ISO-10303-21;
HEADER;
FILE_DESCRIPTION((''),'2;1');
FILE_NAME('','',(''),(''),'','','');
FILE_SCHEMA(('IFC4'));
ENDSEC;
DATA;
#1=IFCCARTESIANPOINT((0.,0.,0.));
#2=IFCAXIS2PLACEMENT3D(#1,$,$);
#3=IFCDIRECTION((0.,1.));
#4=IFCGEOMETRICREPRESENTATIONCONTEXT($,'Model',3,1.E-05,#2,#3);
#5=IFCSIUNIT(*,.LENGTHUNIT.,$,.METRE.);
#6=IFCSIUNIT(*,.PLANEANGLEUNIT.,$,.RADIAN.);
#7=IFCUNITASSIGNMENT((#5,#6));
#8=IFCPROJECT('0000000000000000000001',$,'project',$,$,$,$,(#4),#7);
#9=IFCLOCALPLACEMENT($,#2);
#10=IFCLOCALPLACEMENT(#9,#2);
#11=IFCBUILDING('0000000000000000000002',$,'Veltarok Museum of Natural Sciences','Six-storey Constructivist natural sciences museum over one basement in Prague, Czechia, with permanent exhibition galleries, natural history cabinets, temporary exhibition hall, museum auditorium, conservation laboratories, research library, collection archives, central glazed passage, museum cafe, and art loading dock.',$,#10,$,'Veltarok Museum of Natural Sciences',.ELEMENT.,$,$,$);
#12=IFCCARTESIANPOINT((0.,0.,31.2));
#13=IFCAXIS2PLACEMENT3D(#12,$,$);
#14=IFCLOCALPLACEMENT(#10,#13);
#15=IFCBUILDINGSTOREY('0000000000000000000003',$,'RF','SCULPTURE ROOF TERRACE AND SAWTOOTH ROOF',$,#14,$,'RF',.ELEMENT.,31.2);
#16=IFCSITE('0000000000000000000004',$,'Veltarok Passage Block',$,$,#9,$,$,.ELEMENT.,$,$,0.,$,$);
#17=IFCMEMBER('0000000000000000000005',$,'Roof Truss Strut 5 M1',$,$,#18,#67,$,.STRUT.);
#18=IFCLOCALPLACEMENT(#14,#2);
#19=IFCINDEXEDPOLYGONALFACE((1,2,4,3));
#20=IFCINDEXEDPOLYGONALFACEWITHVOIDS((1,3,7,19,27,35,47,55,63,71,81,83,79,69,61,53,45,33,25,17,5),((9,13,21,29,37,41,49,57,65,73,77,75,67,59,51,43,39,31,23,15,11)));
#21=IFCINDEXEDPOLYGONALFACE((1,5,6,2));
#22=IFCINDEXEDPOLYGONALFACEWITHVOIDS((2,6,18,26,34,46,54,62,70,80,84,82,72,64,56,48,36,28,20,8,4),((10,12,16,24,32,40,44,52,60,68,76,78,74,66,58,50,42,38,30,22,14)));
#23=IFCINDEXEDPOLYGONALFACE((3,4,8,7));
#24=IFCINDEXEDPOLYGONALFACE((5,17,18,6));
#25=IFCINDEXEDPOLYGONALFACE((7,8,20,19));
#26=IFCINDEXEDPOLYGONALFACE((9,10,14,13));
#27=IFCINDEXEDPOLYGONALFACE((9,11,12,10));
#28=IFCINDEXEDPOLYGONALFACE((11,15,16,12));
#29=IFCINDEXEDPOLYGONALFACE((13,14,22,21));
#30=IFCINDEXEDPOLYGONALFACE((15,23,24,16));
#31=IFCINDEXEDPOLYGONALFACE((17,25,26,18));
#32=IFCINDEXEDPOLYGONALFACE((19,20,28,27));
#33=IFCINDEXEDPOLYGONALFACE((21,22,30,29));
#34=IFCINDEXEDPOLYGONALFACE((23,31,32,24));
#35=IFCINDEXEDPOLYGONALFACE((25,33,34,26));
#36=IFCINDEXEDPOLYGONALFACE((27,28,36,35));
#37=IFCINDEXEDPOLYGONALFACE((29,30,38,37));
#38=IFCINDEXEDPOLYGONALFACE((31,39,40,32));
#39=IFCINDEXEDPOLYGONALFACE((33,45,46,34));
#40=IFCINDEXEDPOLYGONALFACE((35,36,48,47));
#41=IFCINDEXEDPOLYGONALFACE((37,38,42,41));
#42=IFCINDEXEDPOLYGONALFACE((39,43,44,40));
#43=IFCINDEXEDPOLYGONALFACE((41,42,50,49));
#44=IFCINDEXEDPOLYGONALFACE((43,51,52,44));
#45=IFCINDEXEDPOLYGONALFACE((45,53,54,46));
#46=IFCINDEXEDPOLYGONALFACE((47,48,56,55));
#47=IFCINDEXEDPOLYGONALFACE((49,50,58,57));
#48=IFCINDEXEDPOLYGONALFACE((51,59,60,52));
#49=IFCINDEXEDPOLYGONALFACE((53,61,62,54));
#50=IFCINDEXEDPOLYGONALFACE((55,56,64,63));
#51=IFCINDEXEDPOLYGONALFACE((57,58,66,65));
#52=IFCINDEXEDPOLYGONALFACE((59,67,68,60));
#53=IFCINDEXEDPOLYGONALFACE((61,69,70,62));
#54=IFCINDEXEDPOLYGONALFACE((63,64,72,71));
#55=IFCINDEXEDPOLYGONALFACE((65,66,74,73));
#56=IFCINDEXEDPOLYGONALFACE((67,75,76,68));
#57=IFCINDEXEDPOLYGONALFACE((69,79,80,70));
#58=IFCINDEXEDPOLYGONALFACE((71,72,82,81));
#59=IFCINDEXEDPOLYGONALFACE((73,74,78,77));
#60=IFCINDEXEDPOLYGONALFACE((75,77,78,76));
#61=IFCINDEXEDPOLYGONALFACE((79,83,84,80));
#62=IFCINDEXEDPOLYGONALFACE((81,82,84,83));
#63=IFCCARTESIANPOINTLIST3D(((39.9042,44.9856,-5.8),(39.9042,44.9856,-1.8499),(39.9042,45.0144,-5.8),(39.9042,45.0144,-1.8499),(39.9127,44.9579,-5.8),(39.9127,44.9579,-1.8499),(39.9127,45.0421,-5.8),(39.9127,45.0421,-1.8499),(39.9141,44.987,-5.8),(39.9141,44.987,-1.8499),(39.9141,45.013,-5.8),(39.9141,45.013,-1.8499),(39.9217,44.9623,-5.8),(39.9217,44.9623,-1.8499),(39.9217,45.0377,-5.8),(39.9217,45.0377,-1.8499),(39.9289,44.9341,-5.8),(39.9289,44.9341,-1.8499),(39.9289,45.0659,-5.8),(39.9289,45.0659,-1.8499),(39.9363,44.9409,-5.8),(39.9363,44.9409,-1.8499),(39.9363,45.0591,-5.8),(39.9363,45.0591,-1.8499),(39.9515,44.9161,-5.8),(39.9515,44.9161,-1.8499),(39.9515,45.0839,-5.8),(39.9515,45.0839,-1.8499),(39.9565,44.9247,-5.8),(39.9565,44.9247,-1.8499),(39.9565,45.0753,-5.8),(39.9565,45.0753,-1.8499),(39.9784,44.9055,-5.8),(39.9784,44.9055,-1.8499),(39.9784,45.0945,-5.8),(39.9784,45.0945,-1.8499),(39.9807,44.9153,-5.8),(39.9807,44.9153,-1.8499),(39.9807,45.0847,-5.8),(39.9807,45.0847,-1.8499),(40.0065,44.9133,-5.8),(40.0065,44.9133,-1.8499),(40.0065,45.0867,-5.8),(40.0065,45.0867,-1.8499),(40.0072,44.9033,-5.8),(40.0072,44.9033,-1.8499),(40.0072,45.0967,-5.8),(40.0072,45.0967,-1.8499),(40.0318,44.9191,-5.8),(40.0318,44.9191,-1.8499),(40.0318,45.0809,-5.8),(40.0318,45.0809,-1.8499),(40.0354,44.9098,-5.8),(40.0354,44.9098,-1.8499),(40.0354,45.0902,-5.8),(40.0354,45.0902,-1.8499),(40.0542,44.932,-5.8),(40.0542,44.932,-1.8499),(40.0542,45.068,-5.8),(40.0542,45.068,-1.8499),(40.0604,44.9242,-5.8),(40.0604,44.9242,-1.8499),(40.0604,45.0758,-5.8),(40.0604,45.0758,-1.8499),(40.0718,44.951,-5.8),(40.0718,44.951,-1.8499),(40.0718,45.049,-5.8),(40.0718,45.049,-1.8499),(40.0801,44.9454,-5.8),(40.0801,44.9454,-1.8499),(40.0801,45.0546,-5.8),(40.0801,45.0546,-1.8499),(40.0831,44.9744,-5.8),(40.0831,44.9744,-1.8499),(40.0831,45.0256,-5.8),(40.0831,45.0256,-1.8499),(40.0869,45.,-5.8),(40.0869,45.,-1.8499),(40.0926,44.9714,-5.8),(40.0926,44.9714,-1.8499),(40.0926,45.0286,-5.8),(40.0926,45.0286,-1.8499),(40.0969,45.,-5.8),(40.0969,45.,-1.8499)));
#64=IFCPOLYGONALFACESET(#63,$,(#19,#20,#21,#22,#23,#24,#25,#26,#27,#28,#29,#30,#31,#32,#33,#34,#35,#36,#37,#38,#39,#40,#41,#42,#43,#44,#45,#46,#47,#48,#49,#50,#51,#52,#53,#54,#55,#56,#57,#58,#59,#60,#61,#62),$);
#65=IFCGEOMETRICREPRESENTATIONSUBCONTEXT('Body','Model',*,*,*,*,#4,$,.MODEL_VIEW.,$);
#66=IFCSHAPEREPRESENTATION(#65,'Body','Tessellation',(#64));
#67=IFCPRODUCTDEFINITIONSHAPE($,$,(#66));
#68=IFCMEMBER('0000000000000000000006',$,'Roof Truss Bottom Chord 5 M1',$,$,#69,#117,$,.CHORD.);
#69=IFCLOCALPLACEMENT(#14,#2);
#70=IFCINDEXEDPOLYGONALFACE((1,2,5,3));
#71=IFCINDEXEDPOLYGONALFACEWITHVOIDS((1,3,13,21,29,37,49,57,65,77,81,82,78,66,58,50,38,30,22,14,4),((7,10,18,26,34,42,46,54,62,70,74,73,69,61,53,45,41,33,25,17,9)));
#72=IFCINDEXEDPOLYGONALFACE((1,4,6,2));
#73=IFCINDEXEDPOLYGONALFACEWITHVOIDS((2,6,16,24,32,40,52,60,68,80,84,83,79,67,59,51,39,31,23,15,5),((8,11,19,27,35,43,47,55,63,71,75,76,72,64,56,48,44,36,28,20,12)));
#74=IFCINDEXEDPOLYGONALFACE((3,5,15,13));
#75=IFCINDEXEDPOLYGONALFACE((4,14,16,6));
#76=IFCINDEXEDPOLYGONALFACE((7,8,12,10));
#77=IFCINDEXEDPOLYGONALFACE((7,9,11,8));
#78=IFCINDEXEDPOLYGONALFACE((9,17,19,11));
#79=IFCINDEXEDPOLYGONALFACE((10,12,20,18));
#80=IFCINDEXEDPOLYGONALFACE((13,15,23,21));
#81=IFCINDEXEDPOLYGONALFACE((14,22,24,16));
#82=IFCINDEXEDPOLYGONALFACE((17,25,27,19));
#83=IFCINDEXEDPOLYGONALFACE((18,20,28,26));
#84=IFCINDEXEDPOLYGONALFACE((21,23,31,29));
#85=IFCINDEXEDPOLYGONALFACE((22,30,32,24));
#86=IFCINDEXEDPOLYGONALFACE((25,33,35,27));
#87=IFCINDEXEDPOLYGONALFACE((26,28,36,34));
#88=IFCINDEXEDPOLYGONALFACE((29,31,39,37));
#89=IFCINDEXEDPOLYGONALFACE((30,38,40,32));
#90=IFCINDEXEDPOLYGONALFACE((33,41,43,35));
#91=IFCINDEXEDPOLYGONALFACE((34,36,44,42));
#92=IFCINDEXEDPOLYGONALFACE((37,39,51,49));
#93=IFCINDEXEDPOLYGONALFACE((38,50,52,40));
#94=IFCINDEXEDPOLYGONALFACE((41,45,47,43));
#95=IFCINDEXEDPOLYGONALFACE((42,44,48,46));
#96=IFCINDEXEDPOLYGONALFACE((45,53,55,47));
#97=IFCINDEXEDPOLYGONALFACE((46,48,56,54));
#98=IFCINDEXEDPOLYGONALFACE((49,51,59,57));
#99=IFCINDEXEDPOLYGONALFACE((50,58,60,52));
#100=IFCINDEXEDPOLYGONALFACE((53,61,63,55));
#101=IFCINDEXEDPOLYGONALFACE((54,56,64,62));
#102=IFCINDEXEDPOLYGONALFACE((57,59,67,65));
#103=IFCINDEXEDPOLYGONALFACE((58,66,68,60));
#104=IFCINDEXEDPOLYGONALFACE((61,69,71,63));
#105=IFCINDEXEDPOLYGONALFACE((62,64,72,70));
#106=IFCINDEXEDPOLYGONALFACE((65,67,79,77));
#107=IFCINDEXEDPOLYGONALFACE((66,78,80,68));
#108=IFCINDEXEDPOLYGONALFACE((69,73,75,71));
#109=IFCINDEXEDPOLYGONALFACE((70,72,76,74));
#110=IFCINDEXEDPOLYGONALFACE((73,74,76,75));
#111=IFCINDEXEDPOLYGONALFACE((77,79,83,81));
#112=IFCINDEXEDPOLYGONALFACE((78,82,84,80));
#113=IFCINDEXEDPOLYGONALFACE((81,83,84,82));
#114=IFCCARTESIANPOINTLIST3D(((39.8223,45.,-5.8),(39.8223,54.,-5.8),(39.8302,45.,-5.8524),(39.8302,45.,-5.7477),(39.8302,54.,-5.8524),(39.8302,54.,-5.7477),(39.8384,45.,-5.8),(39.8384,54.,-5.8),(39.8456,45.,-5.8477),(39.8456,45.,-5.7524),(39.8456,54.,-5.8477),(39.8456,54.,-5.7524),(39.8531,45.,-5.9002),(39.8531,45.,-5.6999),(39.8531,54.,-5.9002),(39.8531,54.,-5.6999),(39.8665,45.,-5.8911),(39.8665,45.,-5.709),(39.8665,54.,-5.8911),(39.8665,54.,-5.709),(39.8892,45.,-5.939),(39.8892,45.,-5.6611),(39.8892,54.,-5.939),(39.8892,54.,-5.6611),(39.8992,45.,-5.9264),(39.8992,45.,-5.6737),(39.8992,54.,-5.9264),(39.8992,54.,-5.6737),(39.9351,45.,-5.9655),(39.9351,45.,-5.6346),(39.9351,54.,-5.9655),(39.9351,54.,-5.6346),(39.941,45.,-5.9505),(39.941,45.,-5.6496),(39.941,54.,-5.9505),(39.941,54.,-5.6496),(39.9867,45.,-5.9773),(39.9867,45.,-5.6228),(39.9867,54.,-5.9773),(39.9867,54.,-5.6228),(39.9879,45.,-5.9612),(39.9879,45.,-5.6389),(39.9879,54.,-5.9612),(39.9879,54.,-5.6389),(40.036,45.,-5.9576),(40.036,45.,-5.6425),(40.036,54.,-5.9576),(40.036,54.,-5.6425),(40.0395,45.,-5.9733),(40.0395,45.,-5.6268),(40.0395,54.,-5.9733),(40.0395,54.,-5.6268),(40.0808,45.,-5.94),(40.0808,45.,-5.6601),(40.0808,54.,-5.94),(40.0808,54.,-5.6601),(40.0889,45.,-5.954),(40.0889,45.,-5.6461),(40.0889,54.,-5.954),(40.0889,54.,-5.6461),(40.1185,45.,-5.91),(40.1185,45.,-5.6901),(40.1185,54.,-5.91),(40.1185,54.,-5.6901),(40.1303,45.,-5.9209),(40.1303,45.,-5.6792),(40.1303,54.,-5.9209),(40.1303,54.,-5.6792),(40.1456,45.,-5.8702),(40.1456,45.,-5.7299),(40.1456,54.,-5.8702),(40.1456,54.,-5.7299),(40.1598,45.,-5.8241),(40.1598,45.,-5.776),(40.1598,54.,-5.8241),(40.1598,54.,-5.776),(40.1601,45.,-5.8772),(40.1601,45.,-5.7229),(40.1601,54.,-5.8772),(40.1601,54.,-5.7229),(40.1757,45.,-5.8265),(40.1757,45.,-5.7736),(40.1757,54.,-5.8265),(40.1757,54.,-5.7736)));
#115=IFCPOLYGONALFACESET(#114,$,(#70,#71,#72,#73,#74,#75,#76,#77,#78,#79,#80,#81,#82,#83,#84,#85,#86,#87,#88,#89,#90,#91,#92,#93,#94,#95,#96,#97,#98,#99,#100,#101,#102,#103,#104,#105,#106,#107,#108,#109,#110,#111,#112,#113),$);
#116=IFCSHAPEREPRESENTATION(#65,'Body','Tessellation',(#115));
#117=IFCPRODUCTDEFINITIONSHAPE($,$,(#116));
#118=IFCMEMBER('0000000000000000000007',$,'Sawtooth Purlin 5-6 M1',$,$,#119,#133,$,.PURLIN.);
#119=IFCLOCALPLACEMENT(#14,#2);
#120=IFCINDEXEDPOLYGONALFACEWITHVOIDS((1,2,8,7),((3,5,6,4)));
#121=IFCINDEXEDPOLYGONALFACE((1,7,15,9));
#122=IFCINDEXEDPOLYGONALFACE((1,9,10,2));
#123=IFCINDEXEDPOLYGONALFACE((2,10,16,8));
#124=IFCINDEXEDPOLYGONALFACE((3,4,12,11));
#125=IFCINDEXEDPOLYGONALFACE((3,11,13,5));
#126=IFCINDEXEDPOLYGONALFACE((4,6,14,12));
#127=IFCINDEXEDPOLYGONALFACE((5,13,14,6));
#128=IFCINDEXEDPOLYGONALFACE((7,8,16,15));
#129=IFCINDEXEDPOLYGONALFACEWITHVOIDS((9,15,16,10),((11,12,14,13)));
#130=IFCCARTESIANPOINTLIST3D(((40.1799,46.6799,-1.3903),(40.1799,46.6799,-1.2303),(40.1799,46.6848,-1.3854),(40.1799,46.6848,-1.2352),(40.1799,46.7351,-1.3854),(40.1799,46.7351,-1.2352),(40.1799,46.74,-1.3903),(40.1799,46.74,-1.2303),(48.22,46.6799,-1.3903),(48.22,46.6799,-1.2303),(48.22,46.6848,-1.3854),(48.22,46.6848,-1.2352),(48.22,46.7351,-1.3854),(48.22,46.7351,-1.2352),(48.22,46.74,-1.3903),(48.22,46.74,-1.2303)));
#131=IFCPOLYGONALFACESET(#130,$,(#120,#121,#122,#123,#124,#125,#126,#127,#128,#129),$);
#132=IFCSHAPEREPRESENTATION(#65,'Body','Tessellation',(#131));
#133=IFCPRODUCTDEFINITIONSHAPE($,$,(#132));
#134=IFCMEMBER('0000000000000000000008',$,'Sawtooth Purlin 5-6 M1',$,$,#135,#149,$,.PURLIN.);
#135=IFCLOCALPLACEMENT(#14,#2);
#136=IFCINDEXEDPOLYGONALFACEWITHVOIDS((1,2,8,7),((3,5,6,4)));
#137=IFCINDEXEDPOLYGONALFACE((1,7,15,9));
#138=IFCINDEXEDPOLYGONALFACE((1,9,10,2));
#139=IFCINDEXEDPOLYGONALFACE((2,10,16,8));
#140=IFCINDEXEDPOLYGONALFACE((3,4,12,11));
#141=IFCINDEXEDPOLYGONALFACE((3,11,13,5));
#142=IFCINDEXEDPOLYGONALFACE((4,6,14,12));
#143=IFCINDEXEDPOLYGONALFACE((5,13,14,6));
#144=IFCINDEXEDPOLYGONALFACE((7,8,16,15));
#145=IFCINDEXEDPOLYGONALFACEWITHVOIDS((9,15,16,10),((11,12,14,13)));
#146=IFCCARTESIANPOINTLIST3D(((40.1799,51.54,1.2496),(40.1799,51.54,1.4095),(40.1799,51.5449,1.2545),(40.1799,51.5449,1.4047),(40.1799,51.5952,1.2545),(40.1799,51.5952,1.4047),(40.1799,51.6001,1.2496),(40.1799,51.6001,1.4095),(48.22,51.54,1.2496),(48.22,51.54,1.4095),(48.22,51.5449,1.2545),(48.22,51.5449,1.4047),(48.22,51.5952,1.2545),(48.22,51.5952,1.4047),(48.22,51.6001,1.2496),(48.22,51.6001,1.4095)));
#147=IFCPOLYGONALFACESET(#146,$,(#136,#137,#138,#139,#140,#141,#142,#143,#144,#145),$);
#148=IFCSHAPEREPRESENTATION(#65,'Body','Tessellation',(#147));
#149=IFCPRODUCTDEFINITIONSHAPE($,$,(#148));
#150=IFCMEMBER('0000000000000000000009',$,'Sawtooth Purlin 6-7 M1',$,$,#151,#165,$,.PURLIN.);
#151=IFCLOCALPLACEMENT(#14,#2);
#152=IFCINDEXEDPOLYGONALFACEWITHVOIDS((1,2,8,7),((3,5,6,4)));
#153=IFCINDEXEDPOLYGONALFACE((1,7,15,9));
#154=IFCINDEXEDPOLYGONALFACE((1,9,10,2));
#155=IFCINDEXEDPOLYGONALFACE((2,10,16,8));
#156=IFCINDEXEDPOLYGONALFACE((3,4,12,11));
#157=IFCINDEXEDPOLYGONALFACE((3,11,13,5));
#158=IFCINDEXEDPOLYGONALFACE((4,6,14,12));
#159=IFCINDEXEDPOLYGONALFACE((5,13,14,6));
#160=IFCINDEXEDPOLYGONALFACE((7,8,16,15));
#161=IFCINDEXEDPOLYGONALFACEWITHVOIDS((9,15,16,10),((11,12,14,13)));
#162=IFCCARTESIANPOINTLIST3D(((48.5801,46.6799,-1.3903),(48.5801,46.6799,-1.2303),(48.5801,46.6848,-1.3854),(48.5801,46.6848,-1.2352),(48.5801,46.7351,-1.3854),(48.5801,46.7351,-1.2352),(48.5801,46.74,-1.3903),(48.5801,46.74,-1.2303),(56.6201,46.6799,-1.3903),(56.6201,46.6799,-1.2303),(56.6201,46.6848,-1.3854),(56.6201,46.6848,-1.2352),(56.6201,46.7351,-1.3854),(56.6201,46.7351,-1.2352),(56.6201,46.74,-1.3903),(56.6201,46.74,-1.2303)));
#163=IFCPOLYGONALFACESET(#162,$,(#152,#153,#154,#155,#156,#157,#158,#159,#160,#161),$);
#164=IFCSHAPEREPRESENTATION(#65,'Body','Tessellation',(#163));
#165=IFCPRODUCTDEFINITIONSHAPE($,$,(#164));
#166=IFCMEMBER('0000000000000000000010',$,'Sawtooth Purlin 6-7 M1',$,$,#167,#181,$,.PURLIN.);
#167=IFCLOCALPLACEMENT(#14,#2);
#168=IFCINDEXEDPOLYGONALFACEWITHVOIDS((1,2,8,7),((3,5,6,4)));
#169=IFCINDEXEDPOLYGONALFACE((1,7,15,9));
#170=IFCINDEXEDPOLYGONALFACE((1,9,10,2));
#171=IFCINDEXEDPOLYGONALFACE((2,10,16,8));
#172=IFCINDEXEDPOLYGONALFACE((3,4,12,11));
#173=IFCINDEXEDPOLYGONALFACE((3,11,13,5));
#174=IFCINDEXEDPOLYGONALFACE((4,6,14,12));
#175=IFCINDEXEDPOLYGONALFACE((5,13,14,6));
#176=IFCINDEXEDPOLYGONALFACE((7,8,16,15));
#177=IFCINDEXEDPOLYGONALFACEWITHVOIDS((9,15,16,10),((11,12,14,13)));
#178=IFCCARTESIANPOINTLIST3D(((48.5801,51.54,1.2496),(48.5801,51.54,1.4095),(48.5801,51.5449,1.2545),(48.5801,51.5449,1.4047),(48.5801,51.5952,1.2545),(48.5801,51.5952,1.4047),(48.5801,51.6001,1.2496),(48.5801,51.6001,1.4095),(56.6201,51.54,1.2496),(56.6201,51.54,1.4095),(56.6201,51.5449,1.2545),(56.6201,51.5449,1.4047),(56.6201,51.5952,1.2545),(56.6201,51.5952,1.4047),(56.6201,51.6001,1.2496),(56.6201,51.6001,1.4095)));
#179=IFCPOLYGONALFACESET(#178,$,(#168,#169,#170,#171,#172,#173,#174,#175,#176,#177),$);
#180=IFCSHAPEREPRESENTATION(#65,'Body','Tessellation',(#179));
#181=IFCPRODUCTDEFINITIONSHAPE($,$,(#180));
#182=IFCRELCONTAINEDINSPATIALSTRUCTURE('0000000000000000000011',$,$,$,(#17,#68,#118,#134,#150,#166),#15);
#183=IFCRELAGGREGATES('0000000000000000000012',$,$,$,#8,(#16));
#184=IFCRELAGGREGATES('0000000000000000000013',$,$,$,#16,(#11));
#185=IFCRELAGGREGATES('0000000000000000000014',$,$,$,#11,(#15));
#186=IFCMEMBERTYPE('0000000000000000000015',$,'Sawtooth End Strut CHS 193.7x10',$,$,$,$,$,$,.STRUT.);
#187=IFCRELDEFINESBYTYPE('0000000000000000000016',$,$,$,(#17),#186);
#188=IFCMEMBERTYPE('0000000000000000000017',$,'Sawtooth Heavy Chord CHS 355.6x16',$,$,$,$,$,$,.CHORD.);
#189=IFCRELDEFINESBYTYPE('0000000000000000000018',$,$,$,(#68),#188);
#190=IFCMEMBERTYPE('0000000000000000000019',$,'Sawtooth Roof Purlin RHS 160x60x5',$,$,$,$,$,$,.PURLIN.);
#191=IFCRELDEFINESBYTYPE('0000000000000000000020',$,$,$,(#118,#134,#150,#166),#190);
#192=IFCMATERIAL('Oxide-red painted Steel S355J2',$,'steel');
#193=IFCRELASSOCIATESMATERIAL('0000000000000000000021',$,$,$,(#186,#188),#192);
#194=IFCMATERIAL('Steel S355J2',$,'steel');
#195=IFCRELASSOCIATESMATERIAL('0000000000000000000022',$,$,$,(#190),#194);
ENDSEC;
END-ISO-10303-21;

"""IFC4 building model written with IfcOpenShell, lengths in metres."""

from ifc_helpers import new_model, si_unit, direction, frame, origin, origin_2d, place, context, subcontext, project, spatial, hollow_rectangle, hollow_circle, extrude, material, material_profile, profile_set, type_object, element, save


model = new_model("IFC4")

# Units and contexts
model_context = context("Model", 3, precision=1e-05, world=origin(), true_north=direction((0.0, 1.0)))
body_context = subcontext(model_context, "Body", "Model", "MODEL_VIEW")
ifc_project = project(units=[si_unit("LENGTHUNIT", "METRE"), si_unit("PLANEANGLEUNIT", "RADIAN")], contexts=[model_context])

# Site, building, storey
site_placement = place(None, origin())
site = spatial("IfcSite", under=ifc_project, at=site_placement, Name="Veltarok Passage Block", CompositionType="ELEMENT", RefElevation=0.0)
building_placement = place(site_placement, origin())
building = spatial("IfcBuilding", under=site, at=building_placement, Name="Veltarok Museum of Natural Sciences", Description="Six-storey Constructivist natural sciences museum over one basement in Prague, Czechia, with permanent exhibition galleries, natural history cabinets, temporary exhibition hall, museum auditorium, conservation laboratories, research library, collection archives, central glazed passage, museum cafe, and art loading dock.", LongName="Veltarok Museum of Natural Sciences", CompositionType="ELEMENT")
storey_placement = place(building_placement, frame((0.0, 0.0, 31.2)))
storey = spatial("IfcBuildingStorey", under=building, at=storey_placement, Name="RF", Description="SCULPTURE ROOF TERRACE AND SAWTOOTH ROOF", LongName="RF", CompositionType="ELEMENT", Elevation=31.2)

# Shared definitions
ifc_material_1 = material(Name="Steel S355J2", Category="steel")

# Members
ifc_material_2 = material(Name="Oxide-red painted Steel S355J2", Category="steel")
ifc_material_profile_1 = material_profile(ifc_material_2, hollow_circle(Radius=0.0969, WallThickness=0.01, at=origin_2d()), Name="CHS 193.7x10")
ifc_profile_set_1 = profile_set([ifc_material_profile_1], Name="Oxide-red painted Steel S355J2")
member_type_1 = type_object("IfcMemberType", Name="Sawtooth End Strut CHS 193.7x10", PredefinedType="STRUT", material=ifc_profile_set_1)
member_1_placement = place(storey_placement, frame((40.0, 45.0, -5.8), z_axis=(0.0, 0.0, 1.0), x_axis=(1.0, 0.0, 0.0)))
element("IfcMember", 1, at=member_1_placement, inside=storey, type_object=member_type_1, Name="Roof Truss Strut 5 M1", PredefinedType="STRUT", context=body_context, shape_type="SweptSolid", body=[
    extrude(hollow_circle(Radius=0.0969, WallThickness=0.01, at=origin_2d()), origin(), (0.0, 0.0, 1.0), 3.9502),
])
ifc_material_profile_2 = material_profile(ifc_material_2, hollow_circle(Radius=0.1777, WallThickness=0.0161, at=origin_2d()), Name="CHS 355.6x16")
ifc_profile_set_2 = profile_set([ifc_material_profile_2], Name="Oxide-red painted Steel S355J2")
member_type_2 = type_object("IfcMemberType", Name="Sawtooth Heavy Chord CHS 355.6x16", PredefinedType="CHORD", material=ifc_profile_set_2)
member_2_placement = place(storey_placement, frame((40.0, 45.0, -5.8), z_axis=(0.0, 1.0, 0.0), x_axis=(-1.0, 0.0, 0.0)))
element("IfcMember", 2, at=member_2_placement, inside=storey, type_object=member_type_2, Name="Roof Truss Bottom Chord 5 M1", PredefinedType="CHORD", context=body_context, shape_type="SweptSolid", body=[
    extrude(hollow_circle(Radius=0.1777, WallThickness=0.0161, at=origin_2d()), origin(), (0.0, 0.0, 1.0), 9.0),
])
ifc_material_profile_3 = material_profile(ifc_material_1, hollow_rectangle(XDim=0.0601, YDim=0.1599, WallThickness=0.0049, at=origin_2d()), Name="RHS 160x60x5")
ifc_profile_set_3 = profile_set([ifc_material_profile_3], Name="Steel S355J2")
member_type_3 = type_object("IfcMemberType", Name="Sawtooth Roof Purlin RHS 160x60x5", PredefinedType="PURLIN", material=ifc_profile_set_3)
for number, where, z_axis, x_axis, name in (
    (3, (40.1799, 46.71, -1.3103), (1.0, 0.0, 0.0), (0.0, 1.0, 0.0), "Sawtooth Purlin 5-6 M1"),
    (4, (40.1799, 51.5701, 1.3296), (1.0, 0.0, 0.0), (0.0, 1.0, 0.0), "Sawtooth Purlin 5-6 M1"),
    (5, (48.5801, 46.71, -1.3103), (1.0, 0.0, 0.0), (0.0, 1.0, 0.0), "Sawtooth Purlin 6-7 M1"),
    (6, (48.5801, 51.5701, 1.3296), (1.0, 0.0, 0.0), (0.0, 1.0, 0.0), "Sawtooth Purlin 6-7 M1"),
):
    element("IfcMember", number, at=place(storey_placement, frame(where, z_axis=z_axis, x_axis=x_axis)), inside=storey, type_object=member_type_3, Name=name, PredefinedType="PURLIN", context=body_context, shape_type="SweptSolid", body=[
        extrude(hollow_rectangle(XDim=0.0601, YDim=0.1599, WallThickness=0.0049, at=origin_2d()), origin(), (0.0, 0.0, 1.0), 8.04),
    ])

save(model, "model.ifc")
